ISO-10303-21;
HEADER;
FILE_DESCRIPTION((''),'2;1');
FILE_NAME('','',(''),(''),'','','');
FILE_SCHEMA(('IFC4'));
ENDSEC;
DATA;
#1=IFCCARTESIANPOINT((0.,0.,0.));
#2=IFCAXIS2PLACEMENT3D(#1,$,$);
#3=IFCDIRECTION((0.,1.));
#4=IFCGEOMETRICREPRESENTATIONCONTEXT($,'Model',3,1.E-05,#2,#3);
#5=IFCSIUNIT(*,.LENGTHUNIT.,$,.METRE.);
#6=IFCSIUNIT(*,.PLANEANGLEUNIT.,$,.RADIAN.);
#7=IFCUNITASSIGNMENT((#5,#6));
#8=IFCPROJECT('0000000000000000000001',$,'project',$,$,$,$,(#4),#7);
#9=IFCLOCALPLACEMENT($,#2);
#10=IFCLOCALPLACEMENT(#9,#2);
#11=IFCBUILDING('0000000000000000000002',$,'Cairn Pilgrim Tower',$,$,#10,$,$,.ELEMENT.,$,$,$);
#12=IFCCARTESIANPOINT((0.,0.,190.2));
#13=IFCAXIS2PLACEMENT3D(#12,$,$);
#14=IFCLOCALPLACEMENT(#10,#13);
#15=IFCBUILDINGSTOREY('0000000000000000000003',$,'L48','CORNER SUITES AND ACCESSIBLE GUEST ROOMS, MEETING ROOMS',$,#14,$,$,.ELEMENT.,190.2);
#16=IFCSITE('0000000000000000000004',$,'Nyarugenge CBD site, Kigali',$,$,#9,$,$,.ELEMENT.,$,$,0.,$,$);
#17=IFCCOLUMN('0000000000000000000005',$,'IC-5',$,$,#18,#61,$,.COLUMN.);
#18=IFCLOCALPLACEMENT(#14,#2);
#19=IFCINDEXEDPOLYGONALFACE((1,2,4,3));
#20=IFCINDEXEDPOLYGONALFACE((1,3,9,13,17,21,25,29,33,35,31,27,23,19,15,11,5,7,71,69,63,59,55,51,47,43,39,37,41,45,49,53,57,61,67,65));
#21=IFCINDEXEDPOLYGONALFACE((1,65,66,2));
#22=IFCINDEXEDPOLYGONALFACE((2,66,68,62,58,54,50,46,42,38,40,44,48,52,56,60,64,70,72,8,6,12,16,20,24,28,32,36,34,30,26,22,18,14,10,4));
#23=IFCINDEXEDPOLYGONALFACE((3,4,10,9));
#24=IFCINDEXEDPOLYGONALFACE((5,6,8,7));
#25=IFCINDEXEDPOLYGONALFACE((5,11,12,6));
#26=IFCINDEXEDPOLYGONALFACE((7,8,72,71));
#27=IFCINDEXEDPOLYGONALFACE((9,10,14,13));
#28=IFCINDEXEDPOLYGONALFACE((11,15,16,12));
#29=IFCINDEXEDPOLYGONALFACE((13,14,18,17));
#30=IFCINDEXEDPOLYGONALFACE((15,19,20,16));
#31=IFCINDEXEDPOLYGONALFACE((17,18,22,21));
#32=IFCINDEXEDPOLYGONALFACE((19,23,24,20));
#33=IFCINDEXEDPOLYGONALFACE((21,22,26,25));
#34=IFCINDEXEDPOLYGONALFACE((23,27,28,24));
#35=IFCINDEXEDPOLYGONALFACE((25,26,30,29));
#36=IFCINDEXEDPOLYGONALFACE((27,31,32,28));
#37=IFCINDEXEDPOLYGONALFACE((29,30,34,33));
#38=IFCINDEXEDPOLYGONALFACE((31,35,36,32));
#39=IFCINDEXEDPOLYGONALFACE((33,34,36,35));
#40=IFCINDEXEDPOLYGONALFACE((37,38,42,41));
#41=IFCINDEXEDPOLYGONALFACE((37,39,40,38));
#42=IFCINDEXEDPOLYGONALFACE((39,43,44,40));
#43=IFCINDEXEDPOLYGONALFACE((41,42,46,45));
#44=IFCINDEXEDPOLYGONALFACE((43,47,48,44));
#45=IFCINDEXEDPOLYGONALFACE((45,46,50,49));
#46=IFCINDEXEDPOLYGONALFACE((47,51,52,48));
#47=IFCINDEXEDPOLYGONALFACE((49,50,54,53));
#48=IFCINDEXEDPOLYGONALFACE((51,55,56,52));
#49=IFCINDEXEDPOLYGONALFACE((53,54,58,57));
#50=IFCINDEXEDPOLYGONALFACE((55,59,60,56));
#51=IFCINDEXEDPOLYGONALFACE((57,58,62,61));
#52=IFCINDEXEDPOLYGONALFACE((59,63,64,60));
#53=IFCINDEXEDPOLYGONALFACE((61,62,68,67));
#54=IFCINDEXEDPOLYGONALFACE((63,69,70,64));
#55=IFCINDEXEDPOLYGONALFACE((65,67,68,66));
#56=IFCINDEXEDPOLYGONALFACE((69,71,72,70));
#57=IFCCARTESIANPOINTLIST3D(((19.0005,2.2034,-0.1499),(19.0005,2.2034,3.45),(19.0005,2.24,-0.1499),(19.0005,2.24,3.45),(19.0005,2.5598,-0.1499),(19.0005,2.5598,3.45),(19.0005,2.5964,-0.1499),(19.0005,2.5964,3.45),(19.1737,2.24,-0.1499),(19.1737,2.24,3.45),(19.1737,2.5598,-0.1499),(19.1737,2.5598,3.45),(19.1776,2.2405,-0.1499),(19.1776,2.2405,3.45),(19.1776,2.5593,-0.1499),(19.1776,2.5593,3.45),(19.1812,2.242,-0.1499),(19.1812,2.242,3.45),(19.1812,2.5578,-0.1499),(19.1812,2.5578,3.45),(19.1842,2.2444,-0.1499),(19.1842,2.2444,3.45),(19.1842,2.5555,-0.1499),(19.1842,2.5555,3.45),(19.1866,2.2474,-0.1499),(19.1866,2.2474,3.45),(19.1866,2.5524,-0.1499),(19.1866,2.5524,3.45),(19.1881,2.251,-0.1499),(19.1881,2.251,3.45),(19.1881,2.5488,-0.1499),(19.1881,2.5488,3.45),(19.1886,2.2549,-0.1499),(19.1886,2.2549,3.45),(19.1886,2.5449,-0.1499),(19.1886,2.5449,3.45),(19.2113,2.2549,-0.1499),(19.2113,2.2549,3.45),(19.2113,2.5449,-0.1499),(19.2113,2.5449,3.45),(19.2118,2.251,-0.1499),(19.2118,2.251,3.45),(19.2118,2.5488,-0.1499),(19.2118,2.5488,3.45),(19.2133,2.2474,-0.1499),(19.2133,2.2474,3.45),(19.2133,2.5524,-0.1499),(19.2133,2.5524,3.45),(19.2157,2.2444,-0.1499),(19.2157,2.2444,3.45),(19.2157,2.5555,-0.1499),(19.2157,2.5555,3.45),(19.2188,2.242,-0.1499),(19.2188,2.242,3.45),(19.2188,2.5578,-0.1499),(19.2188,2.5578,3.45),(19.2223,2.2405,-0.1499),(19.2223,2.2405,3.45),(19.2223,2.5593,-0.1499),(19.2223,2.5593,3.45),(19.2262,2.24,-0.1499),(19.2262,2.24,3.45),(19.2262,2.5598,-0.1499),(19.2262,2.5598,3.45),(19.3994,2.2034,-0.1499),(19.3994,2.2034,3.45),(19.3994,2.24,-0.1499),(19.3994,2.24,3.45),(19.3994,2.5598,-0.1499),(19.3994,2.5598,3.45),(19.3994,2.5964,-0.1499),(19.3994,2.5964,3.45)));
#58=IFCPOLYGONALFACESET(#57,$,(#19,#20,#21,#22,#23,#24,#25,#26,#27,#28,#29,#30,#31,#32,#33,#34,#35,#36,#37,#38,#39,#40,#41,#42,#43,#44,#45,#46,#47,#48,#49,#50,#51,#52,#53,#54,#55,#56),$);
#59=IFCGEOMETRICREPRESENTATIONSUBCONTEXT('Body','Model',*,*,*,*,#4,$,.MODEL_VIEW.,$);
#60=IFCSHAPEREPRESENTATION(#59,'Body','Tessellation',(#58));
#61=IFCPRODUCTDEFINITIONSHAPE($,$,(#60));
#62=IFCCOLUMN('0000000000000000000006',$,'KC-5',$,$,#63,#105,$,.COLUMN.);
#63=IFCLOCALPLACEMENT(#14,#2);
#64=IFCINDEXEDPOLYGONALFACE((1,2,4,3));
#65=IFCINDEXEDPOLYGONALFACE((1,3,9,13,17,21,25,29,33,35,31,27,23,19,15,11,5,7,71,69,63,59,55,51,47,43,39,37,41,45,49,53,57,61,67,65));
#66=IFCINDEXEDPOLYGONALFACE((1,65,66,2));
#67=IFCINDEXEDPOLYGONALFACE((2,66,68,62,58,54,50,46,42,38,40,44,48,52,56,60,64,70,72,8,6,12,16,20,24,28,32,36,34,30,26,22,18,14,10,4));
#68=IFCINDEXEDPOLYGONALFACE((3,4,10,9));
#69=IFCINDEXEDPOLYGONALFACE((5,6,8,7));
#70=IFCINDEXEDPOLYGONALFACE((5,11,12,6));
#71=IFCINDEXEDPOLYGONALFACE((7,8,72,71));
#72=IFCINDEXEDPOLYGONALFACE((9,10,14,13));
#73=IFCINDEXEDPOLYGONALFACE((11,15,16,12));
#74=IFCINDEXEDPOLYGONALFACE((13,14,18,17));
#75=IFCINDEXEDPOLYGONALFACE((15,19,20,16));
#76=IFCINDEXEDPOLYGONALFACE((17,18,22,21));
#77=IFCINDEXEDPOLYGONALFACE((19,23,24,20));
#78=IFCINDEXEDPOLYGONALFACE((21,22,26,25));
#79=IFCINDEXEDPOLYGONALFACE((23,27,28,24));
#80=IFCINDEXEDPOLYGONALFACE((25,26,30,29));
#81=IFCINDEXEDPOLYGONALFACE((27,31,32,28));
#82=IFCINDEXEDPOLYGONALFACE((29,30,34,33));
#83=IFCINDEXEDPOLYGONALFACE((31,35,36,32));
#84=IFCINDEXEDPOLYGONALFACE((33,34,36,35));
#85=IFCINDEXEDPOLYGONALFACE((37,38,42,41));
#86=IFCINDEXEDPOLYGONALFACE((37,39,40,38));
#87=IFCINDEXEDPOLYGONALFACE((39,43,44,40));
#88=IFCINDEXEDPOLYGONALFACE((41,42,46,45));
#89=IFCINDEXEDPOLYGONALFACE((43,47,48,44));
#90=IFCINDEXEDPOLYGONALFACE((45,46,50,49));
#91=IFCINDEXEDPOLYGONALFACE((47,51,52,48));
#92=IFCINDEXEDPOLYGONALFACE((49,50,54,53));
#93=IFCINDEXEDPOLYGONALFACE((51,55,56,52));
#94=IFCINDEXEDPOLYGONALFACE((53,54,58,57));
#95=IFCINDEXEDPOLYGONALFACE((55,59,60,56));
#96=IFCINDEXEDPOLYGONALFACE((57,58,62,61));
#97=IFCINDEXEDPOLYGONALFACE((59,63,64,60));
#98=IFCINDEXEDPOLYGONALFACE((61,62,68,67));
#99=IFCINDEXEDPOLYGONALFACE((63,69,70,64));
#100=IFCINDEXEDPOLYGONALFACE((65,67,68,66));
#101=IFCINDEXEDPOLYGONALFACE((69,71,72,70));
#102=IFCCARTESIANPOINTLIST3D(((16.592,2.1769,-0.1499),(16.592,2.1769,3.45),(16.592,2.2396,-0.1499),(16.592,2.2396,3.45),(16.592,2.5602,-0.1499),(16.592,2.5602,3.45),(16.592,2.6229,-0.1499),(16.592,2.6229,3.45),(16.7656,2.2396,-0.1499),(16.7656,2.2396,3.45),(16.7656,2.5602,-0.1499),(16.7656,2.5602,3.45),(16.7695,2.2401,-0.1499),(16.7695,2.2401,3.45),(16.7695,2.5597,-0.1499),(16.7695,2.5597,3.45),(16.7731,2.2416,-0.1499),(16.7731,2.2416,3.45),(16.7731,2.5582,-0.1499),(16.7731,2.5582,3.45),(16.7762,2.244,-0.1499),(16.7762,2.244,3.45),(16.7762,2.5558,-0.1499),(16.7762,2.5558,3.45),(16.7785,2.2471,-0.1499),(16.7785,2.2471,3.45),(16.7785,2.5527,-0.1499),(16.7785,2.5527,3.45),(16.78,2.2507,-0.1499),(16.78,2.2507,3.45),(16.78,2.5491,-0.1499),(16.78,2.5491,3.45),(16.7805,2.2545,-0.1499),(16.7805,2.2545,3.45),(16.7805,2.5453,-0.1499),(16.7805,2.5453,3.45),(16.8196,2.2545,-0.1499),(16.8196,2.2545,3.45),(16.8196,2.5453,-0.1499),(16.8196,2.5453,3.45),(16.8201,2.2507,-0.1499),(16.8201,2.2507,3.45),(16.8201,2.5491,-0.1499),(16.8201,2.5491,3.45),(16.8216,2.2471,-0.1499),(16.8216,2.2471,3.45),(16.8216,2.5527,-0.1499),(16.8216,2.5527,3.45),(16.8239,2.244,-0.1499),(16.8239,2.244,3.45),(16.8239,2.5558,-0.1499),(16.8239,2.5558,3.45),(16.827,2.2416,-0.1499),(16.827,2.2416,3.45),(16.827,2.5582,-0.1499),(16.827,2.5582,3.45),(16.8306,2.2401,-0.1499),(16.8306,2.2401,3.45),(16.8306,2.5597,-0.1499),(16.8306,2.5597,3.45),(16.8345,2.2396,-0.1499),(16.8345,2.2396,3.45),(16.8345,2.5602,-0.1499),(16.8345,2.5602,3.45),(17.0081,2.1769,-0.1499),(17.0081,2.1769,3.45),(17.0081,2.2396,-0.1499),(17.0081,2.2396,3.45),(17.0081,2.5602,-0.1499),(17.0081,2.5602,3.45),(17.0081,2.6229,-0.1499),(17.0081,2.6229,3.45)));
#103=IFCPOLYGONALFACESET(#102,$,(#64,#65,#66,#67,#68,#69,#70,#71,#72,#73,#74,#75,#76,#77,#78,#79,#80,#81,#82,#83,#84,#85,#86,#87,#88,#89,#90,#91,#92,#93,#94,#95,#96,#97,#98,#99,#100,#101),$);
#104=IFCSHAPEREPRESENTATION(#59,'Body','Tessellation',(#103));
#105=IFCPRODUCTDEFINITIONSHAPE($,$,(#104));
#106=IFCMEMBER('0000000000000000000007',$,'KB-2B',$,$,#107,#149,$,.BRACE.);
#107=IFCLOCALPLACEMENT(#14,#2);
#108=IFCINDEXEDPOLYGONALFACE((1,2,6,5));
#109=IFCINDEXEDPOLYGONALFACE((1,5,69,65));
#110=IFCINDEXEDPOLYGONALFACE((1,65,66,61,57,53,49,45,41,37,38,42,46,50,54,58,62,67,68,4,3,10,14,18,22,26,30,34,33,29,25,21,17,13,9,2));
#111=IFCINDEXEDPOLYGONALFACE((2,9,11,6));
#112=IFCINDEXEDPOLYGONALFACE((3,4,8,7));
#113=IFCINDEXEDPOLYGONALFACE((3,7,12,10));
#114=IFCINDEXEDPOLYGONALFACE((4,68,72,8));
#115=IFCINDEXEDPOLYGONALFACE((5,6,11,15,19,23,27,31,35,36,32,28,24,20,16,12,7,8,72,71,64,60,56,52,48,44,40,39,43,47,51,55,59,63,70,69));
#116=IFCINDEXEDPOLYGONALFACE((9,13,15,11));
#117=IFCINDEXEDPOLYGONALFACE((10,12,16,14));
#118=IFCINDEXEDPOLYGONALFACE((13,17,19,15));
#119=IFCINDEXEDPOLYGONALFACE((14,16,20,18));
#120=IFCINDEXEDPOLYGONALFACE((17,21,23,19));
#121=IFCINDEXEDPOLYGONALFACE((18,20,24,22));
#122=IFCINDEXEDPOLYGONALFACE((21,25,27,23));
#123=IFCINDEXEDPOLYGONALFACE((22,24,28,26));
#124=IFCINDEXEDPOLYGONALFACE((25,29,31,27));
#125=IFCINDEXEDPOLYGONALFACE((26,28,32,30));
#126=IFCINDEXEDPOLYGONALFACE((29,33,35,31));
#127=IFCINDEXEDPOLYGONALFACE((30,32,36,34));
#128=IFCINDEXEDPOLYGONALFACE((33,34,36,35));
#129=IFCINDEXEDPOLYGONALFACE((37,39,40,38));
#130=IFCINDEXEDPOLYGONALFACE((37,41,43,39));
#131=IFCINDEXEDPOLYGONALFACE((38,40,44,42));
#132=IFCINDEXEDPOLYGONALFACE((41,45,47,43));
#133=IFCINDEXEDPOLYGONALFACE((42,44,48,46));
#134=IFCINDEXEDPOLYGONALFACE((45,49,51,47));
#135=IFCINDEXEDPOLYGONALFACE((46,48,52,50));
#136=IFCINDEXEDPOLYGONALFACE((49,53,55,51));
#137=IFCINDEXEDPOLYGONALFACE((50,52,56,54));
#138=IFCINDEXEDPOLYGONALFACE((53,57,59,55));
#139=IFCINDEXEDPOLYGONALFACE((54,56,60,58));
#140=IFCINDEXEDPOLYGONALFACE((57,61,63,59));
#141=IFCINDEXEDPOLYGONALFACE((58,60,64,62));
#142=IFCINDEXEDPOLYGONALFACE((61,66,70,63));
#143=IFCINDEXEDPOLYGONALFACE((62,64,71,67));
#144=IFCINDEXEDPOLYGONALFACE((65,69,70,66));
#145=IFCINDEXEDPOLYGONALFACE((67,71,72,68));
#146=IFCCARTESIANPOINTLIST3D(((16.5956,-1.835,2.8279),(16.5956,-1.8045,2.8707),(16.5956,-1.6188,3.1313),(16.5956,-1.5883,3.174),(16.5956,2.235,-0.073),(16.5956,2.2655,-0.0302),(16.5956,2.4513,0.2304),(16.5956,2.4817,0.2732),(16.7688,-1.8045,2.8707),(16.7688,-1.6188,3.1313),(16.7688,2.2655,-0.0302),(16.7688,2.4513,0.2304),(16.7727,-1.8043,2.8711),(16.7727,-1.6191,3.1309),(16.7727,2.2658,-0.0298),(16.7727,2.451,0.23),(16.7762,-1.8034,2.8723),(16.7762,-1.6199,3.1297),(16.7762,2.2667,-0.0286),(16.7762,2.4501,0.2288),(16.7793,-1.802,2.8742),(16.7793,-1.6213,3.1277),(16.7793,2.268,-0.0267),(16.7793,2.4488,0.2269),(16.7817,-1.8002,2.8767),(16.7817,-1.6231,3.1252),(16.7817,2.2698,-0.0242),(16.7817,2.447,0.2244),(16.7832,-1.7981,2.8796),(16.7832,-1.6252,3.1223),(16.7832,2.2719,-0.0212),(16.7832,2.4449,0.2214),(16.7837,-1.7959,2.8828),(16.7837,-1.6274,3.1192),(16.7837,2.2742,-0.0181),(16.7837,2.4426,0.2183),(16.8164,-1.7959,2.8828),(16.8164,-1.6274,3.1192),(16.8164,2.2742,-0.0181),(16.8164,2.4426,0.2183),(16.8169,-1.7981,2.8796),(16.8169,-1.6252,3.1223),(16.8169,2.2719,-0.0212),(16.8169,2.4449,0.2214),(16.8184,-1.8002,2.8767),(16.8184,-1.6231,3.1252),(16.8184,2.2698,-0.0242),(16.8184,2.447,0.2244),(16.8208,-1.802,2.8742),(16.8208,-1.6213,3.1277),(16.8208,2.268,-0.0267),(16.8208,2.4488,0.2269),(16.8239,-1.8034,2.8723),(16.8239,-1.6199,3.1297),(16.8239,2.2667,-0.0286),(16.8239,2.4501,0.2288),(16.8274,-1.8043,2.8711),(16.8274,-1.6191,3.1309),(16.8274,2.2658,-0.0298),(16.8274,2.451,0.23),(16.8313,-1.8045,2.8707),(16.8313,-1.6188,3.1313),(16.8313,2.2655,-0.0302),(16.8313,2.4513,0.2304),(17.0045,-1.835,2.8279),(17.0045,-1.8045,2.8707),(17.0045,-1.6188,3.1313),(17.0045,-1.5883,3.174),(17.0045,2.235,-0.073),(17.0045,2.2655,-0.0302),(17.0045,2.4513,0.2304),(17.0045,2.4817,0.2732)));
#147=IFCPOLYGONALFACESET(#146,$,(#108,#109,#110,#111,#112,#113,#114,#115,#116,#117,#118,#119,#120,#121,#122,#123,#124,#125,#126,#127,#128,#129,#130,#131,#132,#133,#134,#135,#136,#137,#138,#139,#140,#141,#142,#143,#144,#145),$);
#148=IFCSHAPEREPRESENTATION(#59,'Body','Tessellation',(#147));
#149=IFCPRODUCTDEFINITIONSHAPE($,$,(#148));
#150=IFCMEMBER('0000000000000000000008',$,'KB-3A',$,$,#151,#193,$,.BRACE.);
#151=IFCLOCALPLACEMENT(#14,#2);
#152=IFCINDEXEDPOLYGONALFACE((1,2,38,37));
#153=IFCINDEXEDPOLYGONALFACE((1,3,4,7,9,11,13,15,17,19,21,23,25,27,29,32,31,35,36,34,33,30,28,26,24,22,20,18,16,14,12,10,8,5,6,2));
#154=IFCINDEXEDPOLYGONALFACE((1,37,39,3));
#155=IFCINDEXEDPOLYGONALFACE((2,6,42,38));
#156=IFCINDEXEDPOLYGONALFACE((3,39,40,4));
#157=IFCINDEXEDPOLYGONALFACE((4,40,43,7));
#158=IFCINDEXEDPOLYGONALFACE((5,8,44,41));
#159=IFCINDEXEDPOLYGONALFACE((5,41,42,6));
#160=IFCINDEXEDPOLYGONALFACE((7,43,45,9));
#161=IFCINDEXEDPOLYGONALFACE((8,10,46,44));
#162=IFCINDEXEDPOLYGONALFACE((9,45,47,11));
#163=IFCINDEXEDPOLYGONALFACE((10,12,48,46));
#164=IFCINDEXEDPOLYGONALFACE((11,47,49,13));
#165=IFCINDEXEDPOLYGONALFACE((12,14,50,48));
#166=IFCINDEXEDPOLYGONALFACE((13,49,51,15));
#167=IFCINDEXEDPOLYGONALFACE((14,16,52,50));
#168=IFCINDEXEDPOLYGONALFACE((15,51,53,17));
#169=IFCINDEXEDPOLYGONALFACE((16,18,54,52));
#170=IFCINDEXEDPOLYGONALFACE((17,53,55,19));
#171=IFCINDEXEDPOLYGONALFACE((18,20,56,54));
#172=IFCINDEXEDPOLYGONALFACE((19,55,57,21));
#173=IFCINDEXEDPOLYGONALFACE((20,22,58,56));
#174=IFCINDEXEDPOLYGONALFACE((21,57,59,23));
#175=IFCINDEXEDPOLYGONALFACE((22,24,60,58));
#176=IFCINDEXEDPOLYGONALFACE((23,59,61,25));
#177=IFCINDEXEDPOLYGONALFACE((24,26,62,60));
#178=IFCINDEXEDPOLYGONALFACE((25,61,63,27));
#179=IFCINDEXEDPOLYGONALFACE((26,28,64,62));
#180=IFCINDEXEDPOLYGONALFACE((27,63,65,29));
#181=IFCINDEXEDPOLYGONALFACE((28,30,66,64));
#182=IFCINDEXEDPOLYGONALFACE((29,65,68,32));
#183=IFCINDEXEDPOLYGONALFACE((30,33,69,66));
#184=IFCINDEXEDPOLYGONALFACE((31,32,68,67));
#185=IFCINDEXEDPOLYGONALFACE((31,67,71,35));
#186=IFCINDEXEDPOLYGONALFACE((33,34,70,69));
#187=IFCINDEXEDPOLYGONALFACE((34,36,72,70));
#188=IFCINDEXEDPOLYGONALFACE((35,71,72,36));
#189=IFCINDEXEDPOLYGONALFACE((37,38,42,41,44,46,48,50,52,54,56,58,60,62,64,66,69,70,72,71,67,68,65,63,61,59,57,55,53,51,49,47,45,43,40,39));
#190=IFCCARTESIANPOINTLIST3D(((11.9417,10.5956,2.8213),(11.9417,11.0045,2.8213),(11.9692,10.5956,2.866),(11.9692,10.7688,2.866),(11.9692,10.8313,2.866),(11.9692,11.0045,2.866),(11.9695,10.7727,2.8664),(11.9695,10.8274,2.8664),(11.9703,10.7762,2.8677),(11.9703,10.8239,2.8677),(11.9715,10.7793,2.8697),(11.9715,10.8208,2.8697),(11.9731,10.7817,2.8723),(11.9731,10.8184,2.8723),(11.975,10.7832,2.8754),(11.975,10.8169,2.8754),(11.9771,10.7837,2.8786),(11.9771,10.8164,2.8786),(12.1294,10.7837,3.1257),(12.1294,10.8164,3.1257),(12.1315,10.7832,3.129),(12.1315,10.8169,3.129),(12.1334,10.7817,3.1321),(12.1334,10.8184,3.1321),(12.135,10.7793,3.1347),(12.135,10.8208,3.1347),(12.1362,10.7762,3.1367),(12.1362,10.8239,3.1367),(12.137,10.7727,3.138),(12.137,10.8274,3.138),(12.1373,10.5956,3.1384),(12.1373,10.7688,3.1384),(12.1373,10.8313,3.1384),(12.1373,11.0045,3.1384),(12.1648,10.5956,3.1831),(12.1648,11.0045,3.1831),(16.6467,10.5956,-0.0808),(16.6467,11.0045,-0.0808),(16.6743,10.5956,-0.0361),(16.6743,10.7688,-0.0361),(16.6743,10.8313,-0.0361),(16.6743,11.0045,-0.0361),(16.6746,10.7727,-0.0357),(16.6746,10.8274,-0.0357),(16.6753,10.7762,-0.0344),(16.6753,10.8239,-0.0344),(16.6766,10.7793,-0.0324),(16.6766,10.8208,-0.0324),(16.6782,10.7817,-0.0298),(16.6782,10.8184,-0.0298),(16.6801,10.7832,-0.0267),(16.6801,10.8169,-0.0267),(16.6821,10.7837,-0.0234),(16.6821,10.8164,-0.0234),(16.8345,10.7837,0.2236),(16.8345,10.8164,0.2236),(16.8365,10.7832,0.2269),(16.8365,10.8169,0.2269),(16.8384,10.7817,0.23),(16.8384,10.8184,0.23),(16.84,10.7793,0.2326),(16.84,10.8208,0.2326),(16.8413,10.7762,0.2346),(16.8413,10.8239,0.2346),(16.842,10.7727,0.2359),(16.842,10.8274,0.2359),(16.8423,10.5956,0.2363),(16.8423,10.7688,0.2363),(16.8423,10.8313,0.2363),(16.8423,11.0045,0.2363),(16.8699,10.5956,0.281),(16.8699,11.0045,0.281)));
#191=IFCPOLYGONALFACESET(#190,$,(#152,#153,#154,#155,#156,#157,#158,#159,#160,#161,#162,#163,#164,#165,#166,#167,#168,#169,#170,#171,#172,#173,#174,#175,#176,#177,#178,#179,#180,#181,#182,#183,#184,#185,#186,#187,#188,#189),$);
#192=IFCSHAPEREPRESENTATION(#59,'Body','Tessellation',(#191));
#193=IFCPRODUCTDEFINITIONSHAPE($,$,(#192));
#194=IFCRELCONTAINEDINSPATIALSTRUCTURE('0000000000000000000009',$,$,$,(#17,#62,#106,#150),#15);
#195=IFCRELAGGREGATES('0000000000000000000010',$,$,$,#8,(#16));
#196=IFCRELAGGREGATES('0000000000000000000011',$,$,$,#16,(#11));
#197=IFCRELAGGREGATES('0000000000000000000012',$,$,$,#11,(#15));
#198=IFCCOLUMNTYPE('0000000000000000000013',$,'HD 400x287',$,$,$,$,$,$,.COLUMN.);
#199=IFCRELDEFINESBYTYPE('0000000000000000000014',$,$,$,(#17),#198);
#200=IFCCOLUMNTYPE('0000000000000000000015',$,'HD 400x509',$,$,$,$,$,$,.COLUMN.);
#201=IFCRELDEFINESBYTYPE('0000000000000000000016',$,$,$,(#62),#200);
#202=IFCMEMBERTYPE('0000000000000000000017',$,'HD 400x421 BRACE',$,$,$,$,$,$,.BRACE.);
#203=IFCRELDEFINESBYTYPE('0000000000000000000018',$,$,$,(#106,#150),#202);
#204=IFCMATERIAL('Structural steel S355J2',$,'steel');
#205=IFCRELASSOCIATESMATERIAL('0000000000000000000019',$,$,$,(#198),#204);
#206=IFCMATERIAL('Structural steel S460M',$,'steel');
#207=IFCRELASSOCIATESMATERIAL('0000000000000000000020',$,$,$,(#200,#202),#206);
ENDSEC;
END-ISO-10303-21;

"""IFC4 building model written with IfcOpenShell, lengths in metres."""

from ifc_helpers import new_model, si_unit, direction, frame, origin, origin_2d, place, context, subcontext, project, spatial, i_section, extrude, material, material_profile, profile_set, type_object, element, save


model = new_model("IFC4")

# Units and contexts
model_context = context("Model", 3, precision=1e-05, world=origin(), true_north=direction((0.0, 1.0)))
body_context = subcontext(model_context, "Body", "Model", "MODEL_VIEW")
ifc_project = project(units=[si_unit("LENGTHUNIT", "METRE"), si_unit("PLANEANGLEUNIT", "RADIAN")], contexts=[model_context])

# Site, building, storey
site_placement = place(None, origin())
site = spatial("IfcSite", under=ifc_project, at=site_placement, Name="Nyarugenge CBD site, Kigali", CompositionType="ELEMENT", RefElevation=0.0)
building_placement = place(site_placement, origin())
building = spatial("IfcBuilding", under=site, at=building_placement, Name="Cairn Pilgrim Tower", CompositionType="ELEMENT")
storey_placement = place(building_placement, frame((0.0, 0.0, 190.2)))
storey = spatial("IfcBuildingStorey", under=building, at=storey_placement, Name="L48", Description="CORNER SUITES AND ACCESSIBLE GUEST ROOMS, MEETING ROOMS", CompositionType="ELEMENT", Elevation=190.2)

# Columns
ifc_material_1 = material(Name="Structural steel S355J2", Category="steel")
ifc_material_profile_1 = material_profile(ifc_material_1, i_section(OverallWidth=0.3989, OverallDepth=0.3931, WebThickness=0.0227, FlangeThickness=0.0366, FilletRadius=0.0149, at=origin_2d()), Name="HD 400x287")
ifc_profile_set_1 = profile_set([ifc_material_profile_1], Name="Structural steel S355J2")
column_type_1 = type_object("IfcColumnType", Name="HD 400x287", PredefinedType="COLUMN", material=ifc_profile_set_1)
column_1_placement = place(storey_placement, frame((19.2, 2.3999, -0.1499), z_axis=(0.0, 0.0, 1.0), x_axis=(1.0, 0.0, 0.0)))
element("IfcColumn", 1, at=column_1_placement, inside=storey, type_object=column_type_1, Name="IC-5", PredefinedType="COLUMN", context=body_context, shape_type="SweptSolid", body=[
    extrude(i_section(OverallWidth=0.3989, OverallDepth=0.3931, WebThickness=0.0227, FlangeThickness=0.0366, FilletRadius=0.0149, at=origin_2d()), origin(), (0.0, 0.0, 1.0), 3.5999),
])
ifc_material_2 = material(Name="Structural steel S460M", Category="steel")
ifc_material_profile_2 = material_profile(ifc_material_2, i_section(OverallWidth=0.416, OverallDepth=0.446, WebThickness=0.0391, FlangeThickness=0.0627, FilletRadius=0.0149, at=origin_2d()), Name="HD 400x509")
ifc_profile_set_2 = profile_set([ifc_material_profile_2], Name="Structural steel S460M")
column_type_2 = type_object("IfcColumnType", Name="HD 400x509", PredefinedType="COLUMN", material=ifc_profile_set_2)
column_2_placement = place(storey_placement, frame((16.8, 2.3999, -0.1499), z_axis=(0.0, 0.0, 1.0), x_axis=(1.0, 0.0, 0.0)))
element("IfcColumn", 2, at=column_2_placement, inside=storey, type_object=column_type_2, Name="KC-5", PredefinedType="COLUMN", context=body_context, shape_type="SweptSolid", body=[
    extrude(i_section(OverallWidth=0.416, OverallDepth=0.446, WebThickness=0.0391, FlangeThickness=0.0627, FilletRadius=0.0149, at=origin_2d()), origin(), (0.0, 0.0, 1.0), 3.5999),
])

# Members
ifc_material_profile_3 = material_profile(ifc_material_2, i_section(OverallWidth=0.4089, OverallDepth=0.425, WebThickness=0.0327, FlangeThickness=0.0525, FilletRadius=0.0149, at=origin_2d()), Name="HD 400x421")
ifc_profile_set_3 = profile_set([ifc_material_profile_3], Name="Structural steel S460M")
member_type = type_object("IfcMemberType", Name="HD 400x421 BRACE", PredefinedType="BRACE", material=ifc_profile_set_3)
member_1_placement = place(storey_placement, frame((16.8, 2.3584, 0.1001), z_axis=(0.0, -0.81433, 0.580402), x_axis=(1.0, 0.0, 0.0)))
element("IfcMember", 3, at=member_1_placement, inside=storey, type_object=member_type, Name="KB-2B", PredefinedType="BRACE", context=body_context, shape_type="SweptSolid", body=[
    extrude(i_section(OverallWidth=0.4089, OverallDepth=0.425, WebThickness=0.0327, FlangeThickness=0.0525, FilletRadius=0.0149, at=origin_2d()), origin(), (0.0, 0.0, 1.0), 4.998),
])
member_2_placement = place(storey_placement, frame((16.7583, 10.8, 0.1001), z_axis=(-0.85112, 0.0, 0.524972), x_axis=(0.0, -1.0, 0.0)))
element("IfcMember", 4, at=member_2_placement, inside=storey, type_object=member_type, Name="KB-3A", PredefinedType="BRACE", context=body_context, shape_type="SweptSolid", body=[
    extrude(i_section(OverallWidth=0.4089, OverallDepth=0.425, WebThickness=0.0327, FlangeThickness=0.0525, FilletRadius=0.0149, at=origin_2d()), origin(), (0.0, 0.0, 1.0), 5.5281),
])

save(model, "model.ifc")
